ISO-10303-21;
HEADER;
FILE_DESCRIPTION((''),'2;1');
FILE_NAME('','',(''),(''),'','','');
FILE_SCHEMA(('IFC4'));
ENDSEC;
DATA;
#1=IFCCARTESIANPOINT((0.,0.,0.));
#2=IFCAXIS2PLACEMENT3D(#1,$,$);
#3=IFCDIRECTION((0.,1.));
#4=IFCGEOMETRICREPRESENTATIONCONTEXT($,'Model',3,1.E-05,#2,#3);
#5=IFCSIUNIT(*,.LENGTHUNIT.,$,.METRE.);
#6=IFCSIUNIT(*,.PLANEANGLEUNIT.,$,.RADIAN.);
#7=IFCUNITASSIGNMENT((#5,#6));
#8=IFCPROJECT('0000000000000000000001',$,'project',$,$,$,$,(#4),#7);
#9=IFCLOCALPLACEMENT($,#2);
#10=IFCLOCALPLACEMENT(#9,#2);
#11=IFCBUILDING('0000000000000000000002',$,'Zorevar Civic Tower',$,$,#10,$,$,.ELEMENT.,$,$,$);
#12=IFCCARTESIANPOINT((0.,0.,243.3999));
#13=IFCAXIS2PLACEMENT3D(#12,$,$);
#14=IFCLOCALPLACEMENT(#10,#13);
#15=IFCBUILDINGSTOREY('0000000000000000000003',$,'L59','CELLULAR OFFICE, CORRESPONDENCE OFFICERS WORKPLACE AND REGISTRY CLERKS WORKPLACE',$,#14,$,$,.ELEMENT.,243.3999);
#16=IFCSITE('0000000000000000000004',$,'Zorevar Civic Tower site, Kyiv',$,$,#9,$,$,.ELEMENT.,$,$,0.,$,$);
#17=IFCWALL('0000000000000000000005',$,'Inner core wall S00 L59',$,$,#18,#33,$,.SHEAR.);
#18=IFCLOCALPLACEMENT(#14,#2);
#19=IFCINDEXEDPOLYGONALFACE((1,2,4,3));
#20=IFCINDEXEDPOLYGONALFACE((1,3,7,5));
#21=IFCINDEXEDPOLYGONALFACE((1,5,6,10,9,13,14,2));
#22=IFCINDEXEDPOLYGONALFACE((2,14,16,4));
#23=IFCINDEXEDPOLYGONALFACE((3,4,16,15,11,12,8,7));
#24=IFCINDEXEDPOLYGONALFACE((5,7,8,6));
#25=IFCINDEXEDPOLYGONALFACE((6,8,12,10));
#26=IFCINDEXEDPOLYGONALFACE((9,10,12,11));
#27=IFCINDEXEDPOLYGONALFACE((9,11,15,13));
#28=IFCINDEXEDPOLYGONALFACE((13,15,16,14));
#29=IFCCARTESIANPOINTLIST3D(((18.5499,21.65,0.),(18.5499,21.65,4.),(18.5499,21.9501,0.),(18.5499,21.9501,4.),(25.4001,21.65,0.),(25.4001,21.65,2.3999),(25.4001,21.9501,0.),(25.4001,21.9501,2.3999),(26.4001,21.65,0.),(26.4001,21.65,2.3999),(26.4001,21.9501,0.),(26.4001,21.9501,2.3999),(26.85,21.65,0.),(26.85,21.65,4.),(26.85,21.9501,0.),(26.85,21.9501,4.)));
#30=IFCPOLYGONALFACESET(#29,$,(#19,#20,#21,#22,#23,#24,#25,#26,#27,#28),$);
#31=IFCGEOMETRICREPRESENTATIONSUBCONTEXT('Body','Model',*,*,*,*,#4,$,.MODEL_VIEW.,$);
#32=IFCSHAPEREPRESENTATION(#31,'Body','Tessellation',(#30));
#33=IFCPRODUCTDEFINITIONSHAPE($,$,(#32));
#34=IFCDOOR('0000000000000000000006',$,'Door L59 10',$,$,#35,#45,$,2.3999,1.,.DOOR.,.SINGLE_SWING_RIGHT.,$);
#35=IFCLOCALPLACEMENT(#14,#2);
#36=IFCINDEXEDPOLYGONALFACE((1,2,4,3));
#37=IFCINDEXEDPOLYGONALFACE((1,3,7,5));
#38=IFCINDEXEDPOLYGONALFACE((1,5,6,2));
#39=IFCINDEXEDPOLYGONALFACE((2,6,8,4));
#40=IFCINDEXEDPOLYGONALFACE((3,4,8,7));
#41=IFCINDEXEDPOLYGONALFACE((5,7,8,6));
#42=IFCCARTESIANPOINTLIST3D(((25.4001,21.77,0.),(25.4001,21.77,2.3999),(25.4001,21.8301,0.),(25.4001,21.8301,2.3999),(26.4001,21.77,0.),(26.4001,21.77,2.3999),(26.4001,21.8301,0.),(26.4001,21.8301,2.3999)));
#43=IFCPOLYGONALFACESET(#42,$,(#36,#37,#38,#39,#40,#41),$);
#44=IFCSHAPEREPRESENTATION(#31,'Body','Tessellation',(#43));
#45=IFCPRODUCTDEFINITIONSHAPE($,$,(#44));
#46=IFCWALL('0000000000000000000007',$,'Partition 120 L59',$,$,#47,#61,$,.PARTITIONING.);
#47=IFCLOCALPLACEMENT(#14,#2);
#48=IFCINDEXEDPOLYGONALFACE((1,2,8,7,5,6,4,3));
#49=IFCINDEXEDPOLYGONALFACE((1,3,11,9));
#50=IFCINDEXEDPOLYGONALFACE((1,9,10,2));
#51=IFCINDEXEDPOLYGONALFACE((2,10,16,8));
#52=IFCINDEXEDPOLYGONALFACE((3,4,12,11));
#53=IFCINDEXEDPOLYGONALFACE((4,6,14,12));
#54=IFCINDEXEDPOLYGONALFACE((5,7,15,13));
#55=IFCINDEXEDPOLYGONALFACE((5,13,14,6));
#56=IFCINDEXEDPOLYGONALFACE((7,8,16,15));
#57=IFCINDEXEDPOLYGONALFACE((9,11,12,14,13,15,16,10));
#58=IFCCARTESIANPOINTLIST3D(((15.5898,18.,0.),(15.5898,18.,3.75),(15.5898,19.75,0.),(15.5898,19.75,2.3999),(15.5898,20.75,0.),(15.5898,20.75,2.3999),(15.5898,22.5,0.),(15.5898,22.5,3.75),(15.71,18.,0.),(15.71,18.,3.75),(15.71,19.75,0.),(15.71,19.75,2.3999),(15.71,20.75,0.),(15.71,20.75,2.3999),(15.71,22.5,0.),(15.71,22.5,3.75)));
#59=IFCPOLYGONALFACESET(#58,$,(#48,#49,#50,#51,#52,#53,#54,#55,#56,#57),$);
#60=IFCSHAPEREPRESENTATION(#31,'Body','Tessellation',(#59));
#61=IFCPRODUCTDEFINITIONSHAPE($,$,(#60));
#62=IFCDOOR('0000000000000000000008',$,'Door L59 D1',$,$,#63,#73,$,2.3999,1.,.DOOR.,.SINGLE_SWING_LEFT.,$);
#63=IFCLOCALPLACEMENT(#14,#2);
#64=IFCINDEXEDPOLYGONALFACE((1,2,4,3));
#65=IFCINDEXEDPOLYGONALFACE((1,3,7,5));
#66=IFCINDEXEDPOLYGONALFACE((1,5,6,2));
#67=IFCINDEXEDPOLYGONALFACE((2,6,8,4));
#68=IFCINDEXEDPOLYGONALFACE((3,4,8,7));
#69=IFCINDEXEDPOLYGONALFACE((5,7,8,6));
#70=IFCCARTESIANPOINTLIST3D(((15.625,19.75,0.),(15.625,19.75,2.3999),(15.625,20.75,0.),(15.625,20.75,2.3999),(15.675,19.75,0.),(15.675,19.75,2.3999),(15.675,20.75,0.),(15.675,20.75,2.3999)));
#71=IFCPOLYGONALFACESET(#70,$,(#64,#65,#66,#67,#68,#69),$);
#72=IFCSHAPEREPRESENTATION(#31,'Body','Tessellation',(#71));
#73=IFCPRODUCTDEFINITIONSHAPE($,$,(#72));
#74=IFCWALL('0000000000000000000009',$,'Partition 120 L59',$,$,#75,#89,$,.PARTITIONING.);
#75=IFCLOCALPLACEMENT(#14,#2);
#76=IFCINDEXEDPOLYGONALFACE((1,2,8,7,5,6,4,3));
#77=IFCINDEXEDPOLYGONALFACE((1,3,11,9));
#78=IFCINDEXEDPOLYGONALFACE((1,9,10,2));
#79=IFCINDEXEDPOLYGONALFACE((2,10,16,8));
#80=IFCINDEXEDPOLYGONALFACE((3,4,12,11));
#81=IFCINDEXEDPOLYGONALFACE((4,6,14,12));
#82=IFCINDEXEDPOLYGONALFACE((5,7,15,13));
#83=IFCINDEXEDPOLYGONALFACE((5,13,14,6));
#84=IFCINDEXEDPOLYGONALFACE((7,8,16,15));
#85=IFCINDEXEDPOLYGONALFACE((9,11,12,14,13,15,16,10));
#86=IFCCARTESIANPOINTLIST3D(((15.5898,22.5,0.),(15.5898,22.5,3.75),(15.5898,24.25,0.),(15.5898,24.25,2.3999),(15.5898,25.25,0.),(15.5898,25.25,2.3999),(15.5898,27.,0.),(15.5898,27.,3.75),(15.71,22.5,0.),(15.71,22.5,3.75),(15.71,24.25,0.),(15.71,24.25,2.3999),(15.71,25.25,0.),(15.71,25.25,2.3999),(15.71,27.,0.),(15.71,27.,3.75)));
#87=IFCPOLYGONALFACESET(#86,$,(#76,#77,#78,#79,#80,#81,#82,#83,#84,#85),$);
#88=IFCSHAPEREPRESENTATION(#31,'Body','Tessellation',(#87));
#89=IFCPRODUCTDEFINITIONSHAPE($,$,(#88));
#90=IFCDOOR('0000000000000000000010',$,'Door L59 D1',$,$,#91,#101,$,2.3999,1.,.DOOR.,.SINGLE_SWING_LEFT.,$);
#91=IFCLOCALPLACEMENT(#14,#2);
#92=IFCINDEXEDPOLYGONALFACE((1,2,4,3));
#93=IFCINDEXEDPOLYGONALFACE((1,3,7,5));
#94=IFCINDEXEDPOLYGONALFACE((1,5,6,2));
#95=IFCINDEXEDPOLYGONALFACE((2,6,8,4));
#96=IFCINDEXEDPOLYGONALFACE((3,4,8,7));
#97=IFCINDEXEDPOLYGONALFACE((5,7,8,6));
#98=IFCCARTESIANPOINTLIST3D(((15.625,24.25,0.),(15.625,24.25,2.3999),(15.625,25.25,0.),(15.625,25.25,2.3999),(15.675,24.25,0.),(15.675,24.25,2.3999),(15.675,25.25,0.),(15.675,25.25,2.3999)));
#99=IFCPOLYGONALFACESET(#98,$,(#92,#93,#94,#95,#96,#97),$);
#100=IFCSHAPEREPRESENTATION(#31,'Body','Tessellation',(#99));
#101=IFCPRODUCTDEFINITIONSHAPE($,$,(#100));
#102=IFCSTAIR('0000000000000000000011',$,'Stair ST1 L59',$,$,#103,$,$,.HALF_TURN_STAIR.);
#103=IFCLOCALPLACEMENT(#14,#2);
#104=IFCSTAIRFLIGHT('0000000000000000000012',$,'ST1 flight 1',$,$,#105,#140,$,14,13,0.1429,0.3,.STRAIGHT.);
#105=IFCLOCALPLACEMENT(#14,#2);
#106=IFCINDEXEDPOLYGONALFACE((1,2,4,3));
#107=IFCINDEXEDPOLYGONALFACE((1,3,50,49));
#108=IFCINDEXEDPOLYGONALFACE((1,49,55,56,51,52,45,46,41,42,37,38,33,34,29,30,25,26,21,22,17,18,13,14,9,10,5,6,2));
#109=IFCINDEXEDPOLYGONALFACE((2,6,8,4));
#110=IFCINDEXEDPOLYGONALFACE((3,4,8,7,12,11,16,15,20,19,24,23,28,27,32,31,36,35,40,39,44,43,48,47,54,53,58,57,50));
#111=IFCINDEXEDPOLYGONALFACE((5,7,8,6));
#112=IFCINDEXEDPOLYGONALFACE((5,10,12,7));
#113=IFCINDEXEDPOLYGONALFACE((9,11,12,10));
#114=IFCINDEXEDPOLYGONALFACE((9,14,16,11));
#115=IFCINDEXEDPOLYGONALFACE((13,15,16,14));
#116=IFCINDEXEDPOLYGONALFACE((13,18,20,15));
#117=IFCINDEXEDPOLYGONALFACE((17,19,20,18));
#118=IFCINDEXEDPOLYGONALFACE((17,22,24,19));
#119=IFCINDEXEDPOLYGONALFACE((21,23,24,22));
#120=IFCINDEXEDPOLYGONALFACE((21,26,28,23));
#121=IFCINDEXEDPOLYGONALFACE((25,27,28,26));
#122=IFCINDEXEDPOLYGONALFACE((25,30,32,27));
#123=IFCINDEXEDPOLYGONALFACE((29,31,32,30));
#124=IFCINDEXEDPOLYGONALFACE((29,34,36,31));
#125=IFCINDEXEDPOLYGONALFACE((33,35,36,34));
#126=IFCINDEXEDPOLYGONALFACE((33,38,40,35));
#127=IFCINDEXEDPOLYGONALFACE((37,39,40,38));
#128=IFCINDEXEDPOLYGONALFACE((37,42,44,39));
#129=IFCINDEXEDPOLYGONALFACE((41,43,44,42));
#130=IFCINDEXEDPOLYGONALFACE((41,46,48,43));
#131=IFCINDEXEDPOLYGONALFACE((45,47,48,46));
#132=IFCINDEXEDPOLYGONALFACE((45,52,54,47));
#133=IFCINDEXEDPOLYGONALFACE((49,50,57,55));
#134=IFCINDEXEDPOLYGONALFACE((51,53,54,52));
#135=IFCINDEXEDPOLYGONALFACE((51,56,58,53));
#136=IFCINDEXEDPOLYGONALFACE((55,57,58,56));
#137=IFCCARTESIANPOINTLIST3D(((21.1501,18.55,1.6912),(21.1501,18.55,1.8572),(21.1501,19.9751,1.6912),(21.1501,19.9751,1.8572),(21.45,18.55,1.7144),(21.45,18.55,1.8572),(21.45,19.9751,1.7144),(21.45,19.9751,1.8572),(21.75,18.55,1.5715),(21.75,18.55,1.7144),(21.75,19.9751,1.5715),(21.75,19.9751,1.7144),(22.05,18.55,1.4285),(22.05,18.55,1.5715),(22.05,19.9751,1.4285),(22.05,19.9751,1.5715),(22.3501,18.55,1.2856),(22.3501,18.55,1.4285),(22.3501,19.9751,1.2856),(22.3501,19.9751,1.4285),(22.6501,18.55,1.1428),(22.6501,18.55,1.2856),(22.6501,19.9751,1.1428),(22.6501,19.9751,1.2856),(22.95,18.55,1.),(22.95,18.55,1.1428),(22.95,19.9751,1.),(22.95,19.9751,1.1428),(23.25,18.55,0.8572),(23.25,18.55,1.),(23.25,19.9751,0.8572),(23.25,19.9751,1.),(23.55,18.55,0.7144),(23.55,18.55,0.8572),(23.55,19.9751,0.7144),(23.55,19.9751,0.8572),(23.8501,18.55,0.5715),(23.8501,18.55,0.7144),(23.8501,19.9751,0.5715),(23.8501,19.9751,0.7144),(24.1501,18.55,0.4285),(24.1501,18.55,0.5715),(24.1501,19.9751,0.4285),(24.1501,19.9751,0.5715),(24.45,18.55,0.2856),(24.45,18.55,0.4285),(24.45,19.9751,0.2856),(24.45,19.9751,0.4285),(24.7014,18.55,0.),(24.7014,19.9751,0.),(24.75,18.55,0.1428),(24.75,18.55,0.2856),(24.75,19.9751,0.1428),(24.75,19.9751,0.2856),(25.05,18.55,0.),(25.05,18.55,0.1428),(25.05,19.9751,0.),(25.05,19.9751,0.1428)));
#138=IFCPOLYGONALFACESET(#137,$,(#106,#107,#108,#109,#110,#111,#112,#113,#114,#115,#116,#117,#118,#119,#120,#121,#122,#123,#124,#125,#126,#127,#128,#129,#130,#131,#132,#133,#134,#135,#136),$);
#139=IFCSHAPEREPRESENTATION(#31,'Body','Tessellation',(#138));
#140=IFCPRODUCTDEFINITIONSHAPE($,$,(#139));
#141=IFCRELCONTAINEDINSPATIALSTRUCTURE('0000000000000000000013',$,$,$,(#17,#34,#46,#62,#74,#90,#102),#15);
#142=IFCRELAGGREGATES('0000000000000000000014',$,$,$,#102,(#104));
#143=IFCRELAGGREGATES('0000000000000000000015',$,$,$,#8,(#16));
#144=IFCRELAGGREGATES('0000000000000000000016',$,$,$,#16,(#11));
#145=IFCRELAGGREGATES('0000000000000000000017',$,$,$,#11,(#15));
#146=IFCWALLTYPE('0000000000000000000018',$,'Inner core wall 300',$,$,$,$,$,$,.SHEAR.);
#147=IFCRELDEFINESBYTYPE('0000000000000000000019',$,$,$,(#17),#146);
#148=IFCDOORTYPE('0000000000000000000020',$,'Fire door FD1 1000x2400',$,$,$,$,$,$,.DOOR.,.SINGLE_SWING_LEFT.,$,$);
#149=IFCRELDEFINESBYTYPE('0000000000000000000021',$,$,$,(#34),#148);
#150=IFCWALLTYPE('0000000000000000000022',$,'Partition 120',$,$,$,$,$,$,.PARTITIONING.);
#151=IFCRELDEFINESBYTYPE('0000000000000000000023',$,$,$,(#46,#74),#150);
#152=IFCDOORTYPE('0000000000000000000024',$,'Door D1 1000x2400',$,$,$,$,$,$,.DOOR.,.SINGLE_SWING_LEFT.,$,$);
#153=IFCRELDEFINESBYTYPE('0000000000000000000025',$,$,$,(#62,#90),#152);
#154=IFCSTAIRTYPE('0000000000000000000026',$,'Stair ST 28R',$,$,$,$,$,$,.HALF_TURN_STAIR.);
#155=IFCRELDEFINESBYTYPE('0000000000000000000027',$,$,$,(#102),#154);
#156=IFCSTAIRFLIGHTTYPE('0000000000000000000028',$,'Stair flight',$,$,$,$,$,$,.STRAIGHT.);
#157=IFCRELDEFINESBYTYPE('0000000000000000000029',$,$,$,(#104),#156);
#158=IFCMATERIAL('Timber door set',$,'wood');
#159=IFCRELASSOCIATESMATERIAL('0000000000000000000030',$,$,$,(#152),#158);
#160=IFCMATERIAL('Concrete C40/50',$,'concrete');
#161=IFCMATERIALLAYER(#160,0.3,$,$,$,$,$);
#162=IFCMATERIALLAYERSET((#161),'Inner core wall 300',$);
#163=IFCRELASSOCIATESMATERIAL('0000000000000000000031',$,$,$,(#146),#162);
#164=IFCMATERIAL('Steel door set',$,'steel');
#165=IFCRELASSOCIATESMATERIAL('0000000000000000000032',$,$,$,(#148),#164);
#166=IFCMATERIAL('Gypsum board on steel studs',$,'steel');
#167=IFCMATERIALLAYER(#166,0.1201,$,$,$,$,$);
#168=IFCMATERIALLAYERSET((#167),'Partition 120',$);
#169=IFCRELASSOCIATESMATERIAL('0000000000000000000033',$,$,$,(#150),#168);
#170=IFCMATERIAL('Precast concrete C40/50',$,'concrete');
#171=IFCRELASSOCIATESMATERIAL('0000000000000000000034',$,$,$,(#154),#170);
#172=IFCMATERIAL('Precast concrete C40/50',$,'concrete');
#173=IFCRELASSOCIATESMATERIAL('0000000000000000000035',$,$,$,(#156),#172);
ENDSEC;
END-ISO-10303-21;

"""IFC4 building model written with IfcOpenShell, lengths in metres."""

from ifc_helpers import new_model, si_unit, direction, frame, frame_2d, origin, place, context, subcontext, project, spatial, polyline, rectangle, outline, extrude, material, layer, layer_set, type_object, element, fill, aggregate, save


model = new_model("IFC4")

# Units and contexts
model_context = context("Model", 3, precision=1e-05, world=origin(), true_north=direction((0.0, 1.0)))
body_context = subcontext(model_context, "Body", "Model", "MODEL_VIEW")
ifc_project = project(units=[si_unit("LENGTHUNIT", "METRE"), si_unit("PLANEANGLEUNIT", "RADIAN")], contexts=[model_context])

# Site, building, storey
site_placement = place(None, origin())
site = spatial("IfcSite", under=ifc_project, at=site_placement, Name="Zorevar Civic Tower site, Kyiv", CompositionType="ELEMENT", RefElevation=0.0)
building_placement = place(site_placement, origin())
building = spatial("IfcBuilding", under=site, at=building_placement, Name="Zorevar Civic Tower", CompositionType="ELEMENT")
storey_placement = place(building_placement, frame((0.0, 0.0, 243.3999)))
storey = spatial("IfcBuildingStorey", under=building, at=storey_placement, Name="L59", Description="CELLULAR OFFICE, CORRESPONDENCE OFFICERS WORKPLACE AND REGISTRY CLERKS WORKPLACE", CompositionType="ELEMENT", Elevation=243.3999)

# Shared definitions
ifc_material_1 = material(Name="Timber door set", Category="wood")
door_type_1 = type_object("IfcDoorType", Name="Door D1 1000x2400", OperationType="SINGLE_SWING_LEFT", PredefinedType="DOOR", material=ifc_material_1)

# Wall, opening, door
ifc_material_2 = material(Name="Concrete C40/50", Category="concrete")
ifc_layer_1 = layer(ifc_material_2, 0.3)
ifc_layer_set_1 = layer_set([ifc_layer_1], Name="Inner core wall 300")
wall_type_1 = type_object("IfcWallType", Name="Inner core wall 300", PredefinedType="SHEAR", material=ifc_layer_set_1)
wall_1_placement = place(storey_placement, frame((18.55, 21.8, 0.0), z_axis=(0.0, 0.0, 1.0), x_axis=(1.0, 0.0, 0.0)))
wall_1 = element("IfcWall", 1, at=wall_1_placement, inside=storey, type_object=wall_type_1, Name="Inner core wall S00 L59", PredefinedType="SHEAR", context=body_context, shape_type="SweptSolid", body=[
    extrude(rectangle(XDim=8.3, YDim=0.3, at=frame_2d((4.1499, 0.0))), origin(), (0.0, 0.0, 1.0), 4.0),
])
opening_1_placement = place(wall_1_placement, frame((6.8501, 0.0, 0.0)))
opening_1 = element("IfcOpeningElement", 2, at=opening_1_placement, cuts=wall_1, PredefinedType="OPENING", context=body_context, shape_type="SweptSolid", body=[
    extrude(rectangle(XDim=1.0, YDim=2.3999, at=frame_2d((0.5, 1.2))), frame((0.0, 0.1599, 0.0), z_axis=(0.0, -1.0, 0.0), x_axis=(1.0, 0.0, 0.0)), (0.0, 0.0, 1.0), 0.3201),
])
ifc_material_3 = material(Name="Steel door set", Category="steel")
door_type_2 = type_object("IfcDoorType", Name="Fire door FD1 1000x2400", OperationType="SINGLE_SWING_LEFT", PredefinedType="DOOR", material=ifc_material_3)
door_1_placement = place(opening_1_placement, origin())
door_1 = element("IfcDoor", 3, at=door_1_placement, inside=storey, type_object=door_type_2, Name="Door L59 10", OperationType="SINGLE_SWING_RIGHT", OverallHeight=2.3999, OverallWidth=1.0, PredefinedType="DOOR", context=body_context, shape_type="SweptSolid", body=[
    extrude(rectangle(XDim=1.0, YDim=2.3999, at=frame_2d((0.5, 1.2))), frame((0.0, 0.03, 0.0), z_axis=(0.0, -1.0, 0.0), x_axis=(1.0, 0.0, 0.0)), (0.0, 0.0, 1.0), 0.0601),
])
fill(opening_1, door_1)

# Walls, openings, doors
ifc_material_4 = material(Name="Gypsum board on steel studs", Category="steel")
ifc_layer_2 = layer(ifc_material_4, 0.1201)
ifc_layer_set_2 = layer_set([ifc_layer_2], Name="Partition 120")
wall_type_2 = type_object("IfcWallType", Name="Partition 120", PredefinedType="PARTITIONING", material=ifc_layer_set_2)
wall_2_placement = place(storey_placement, frame((15.6499, 18.0, 0.0), z_axis=(0.0, 0.0, 1.0), x_axis=(0.0, 1.0, 0.0)))
wall_2 = element("IfcWall", 4, at=wall_2_placement, inside=storey, type_object=wall_type_2, Name="Partition 120 L59", PredefinedType="PARTITIONING", context=body_context, shape_type="SweptSolid", body=[
    extrude(rectangle(XDim=4.5, YDim=0.1201, at=frame_2d((2.25, 0.0))), origin(), (0.0, 0.0, 1.0), 3.75),
])
opening_2_placement = place(wall_2_placement, frame((1.75, 0.0, 0.0)))
opening_2 = element("IfcOpeningElement", 5, at=opening_2_placement, cuts=wall_2, PredefinedType="OPENING", context=body_context, shape_type="SweptSolid", body=[
    extrude(rectangle(XDim=1.0, YDim=2.3999, at=frame_2d((0.5, 1.2))), frame((0.0, 0.0701, 0.0), z_axis=(0.0, -1.0, 0.0), x_axis=(1.0, 0.0, 0.0)), (0.0, 0.0, 1.0), 0.1401),
])
door_2_placement = place(opening_2_placement, origin())
door_2 = element("IfcDoor", 6, at=door_2_placement, inside=storey, type_object=door_type_1, Name="Door L59 D1", OperationType="SINGLE_SWING_LEFT", OverallHeight=2.3999, OverallWidth=1.0, PredefinedType="DOOR", context=body_context, shape_type="SweptSolid", body=[
    extrude(rectangle(XDim=1.0, YDim=2.3999, at=frame_2d((0.5, 1.2))), frame((0.0, 0.0249, 0.0), z_axis=(0.0, -1.0, 0.0), x_axis=(1.0, 0.0, 0.0)), (0.0, 0.0, 1.0), 0.05),
])
fill(opening_2, door_2)
wall_3_placement = place(storey_placement, frame((15.6499, 22.5, 0.0), z_axis=(0.0, 0.0, 1.0), x_axis=(0.0, 1.0, 0.0)))
wall_3 = element("IfcWall", 7, at=wall_3_placement, inside=storey, type_object=wall_type_2, Name="Partition 120 L59", PredefinedType="PARTITIONING", context=body_context, shape_type="SweptSolid", body=[
    extrude(rectangle(XDim=4.5, YDim=0.1201, at=frame_2d((2.25, 0.0))), origin(), (0.0, 0.0, 1.0), 3.75),
])
opening_3_placement = place(wall_3_placement, frame((1.75, 0.0, 0.0)))
opening_3 = element("IfcOpeningElement", 8, at=opening_3_placement, cuts=wall_3, PredefinedType="OPENING", context=body_context, shape_type="SweptSolid", body=[
    extrude(rectangle(XDim=1.0, YDim=2.3999, at=frame_2d((0.5, 1.2))), frame((0.0, 0.0701, 0.0), z_axis=(0.0, -1.0, 0.0), x_axis=(1.0, 0.0, 0.0)), (0.0, 0.0, 1.0), 0.1401),
])
door_3_placement = place(opening_3_placement, origin())
door_3 = element("IfcDoor", 9, at=door_3_placement, inside=storey, type_object=door_type_1, Name="Door L59 D1", OperationType="SINGLE_SWING_LEFT", OverallHeight=2.3999, OverallWidth=1.0, PredefinedType="DOOR", context=body_context, shape_type="SweptSolid", body=[
    extrude(rectangle(XDim=1.0, YDim=2.3999, at=frame_2d((0.5, 1.2))), frame((0.0, 0.0249, 0.0), z_axis=(0.0, -1.0, 0.0), x_axis=(1.0, 0.0, 0.0)), (0.0, 0.0, 1.0), 0.05),
])
fill(opening_3, door_3)

# Stair, stair flight
ifc_material_5 = material(Name="Precast concrete C40/50", Category="concrete")
stair_type = type_object("IfcStairType", Name="Stair ST 28R", PredefinedType="HALF_TURN_STAIR", material=ifc_material_5)
stair_placement = place(storey_placement, origin())
stair = element("IfcStair", 10, at=stair_placement, inside=storey, type_object=stair_type, Name="Stair ST1 L59", PredefinedType="HALF_TURN_STAIR")
ifc_material_6 = material(Name="Precast concrete C40/50", Category="concrete")
stair_flight_type = type_object("IfcStairFlightType", Name="Stair flight", PredefinedType="STRAIGHT", material=ifc_material_6)
stair_flight_1_placement = place(storey_placement, frame((25.05, 19.2625, 0.0), z_axis=(0.0, 0.0, 1.0), x_axis=(-1.0, 0.0, 0.0)))
stair_flight_1 = element("IfcStairFlight", 11, at=stair_flight_1_placement, type_object=stair_flight_type, Name="ST1 flight 1", NumberOfRisers=14, NumberOfTreads=13, PredefinedType="STRAIGHT", RiserHeight=0.1429, TreadLength=0.3, context=body_context, shape_type="SweptSolid", body=[
    extrude(outline(polyline([(0.0, 0.0), (0.0, 0.1428), (0.3, 0.1428), (0.3, 0.2856), (0.6001, 0.2856), (0.6001, 0.4285), (0.8999, 0.4285), (0.8999, 0.5715), (1.2, 0.5715), (1.2, 0.7144), (1.5, 0.7144), (1.5, 0.8572), (1.8, 0.8572), (1.8, 1.0), (2.1001, 1.0), (2.1001, 1.1428), (2.3999, 1.1428), (2.3999, 1.2856), (2.7, 1.2856), (2.7, 1.4285), (3.0, 1.4285), (3.0, 1.5715), (3.3, 1.5715), (3.3, 1.7144), (3.6001, 1.7144), (3.6001, 1.8572), (3.8999, 1.8572), (3.8999, 2.0), (3.8999, 1.6912), (0.3486, 0.0), (0.0, 0.0)])), frame((0.0, 0.7124, 0.0), z_axis=(0.0, -1.0, 0.0), x_axis=(1.0, 0.0, 0.0)), (0.0, 0.0, 1.0), 1.425),
])
aggregate(stair, [stair_flight_1])

save(model, "model.ifc")
